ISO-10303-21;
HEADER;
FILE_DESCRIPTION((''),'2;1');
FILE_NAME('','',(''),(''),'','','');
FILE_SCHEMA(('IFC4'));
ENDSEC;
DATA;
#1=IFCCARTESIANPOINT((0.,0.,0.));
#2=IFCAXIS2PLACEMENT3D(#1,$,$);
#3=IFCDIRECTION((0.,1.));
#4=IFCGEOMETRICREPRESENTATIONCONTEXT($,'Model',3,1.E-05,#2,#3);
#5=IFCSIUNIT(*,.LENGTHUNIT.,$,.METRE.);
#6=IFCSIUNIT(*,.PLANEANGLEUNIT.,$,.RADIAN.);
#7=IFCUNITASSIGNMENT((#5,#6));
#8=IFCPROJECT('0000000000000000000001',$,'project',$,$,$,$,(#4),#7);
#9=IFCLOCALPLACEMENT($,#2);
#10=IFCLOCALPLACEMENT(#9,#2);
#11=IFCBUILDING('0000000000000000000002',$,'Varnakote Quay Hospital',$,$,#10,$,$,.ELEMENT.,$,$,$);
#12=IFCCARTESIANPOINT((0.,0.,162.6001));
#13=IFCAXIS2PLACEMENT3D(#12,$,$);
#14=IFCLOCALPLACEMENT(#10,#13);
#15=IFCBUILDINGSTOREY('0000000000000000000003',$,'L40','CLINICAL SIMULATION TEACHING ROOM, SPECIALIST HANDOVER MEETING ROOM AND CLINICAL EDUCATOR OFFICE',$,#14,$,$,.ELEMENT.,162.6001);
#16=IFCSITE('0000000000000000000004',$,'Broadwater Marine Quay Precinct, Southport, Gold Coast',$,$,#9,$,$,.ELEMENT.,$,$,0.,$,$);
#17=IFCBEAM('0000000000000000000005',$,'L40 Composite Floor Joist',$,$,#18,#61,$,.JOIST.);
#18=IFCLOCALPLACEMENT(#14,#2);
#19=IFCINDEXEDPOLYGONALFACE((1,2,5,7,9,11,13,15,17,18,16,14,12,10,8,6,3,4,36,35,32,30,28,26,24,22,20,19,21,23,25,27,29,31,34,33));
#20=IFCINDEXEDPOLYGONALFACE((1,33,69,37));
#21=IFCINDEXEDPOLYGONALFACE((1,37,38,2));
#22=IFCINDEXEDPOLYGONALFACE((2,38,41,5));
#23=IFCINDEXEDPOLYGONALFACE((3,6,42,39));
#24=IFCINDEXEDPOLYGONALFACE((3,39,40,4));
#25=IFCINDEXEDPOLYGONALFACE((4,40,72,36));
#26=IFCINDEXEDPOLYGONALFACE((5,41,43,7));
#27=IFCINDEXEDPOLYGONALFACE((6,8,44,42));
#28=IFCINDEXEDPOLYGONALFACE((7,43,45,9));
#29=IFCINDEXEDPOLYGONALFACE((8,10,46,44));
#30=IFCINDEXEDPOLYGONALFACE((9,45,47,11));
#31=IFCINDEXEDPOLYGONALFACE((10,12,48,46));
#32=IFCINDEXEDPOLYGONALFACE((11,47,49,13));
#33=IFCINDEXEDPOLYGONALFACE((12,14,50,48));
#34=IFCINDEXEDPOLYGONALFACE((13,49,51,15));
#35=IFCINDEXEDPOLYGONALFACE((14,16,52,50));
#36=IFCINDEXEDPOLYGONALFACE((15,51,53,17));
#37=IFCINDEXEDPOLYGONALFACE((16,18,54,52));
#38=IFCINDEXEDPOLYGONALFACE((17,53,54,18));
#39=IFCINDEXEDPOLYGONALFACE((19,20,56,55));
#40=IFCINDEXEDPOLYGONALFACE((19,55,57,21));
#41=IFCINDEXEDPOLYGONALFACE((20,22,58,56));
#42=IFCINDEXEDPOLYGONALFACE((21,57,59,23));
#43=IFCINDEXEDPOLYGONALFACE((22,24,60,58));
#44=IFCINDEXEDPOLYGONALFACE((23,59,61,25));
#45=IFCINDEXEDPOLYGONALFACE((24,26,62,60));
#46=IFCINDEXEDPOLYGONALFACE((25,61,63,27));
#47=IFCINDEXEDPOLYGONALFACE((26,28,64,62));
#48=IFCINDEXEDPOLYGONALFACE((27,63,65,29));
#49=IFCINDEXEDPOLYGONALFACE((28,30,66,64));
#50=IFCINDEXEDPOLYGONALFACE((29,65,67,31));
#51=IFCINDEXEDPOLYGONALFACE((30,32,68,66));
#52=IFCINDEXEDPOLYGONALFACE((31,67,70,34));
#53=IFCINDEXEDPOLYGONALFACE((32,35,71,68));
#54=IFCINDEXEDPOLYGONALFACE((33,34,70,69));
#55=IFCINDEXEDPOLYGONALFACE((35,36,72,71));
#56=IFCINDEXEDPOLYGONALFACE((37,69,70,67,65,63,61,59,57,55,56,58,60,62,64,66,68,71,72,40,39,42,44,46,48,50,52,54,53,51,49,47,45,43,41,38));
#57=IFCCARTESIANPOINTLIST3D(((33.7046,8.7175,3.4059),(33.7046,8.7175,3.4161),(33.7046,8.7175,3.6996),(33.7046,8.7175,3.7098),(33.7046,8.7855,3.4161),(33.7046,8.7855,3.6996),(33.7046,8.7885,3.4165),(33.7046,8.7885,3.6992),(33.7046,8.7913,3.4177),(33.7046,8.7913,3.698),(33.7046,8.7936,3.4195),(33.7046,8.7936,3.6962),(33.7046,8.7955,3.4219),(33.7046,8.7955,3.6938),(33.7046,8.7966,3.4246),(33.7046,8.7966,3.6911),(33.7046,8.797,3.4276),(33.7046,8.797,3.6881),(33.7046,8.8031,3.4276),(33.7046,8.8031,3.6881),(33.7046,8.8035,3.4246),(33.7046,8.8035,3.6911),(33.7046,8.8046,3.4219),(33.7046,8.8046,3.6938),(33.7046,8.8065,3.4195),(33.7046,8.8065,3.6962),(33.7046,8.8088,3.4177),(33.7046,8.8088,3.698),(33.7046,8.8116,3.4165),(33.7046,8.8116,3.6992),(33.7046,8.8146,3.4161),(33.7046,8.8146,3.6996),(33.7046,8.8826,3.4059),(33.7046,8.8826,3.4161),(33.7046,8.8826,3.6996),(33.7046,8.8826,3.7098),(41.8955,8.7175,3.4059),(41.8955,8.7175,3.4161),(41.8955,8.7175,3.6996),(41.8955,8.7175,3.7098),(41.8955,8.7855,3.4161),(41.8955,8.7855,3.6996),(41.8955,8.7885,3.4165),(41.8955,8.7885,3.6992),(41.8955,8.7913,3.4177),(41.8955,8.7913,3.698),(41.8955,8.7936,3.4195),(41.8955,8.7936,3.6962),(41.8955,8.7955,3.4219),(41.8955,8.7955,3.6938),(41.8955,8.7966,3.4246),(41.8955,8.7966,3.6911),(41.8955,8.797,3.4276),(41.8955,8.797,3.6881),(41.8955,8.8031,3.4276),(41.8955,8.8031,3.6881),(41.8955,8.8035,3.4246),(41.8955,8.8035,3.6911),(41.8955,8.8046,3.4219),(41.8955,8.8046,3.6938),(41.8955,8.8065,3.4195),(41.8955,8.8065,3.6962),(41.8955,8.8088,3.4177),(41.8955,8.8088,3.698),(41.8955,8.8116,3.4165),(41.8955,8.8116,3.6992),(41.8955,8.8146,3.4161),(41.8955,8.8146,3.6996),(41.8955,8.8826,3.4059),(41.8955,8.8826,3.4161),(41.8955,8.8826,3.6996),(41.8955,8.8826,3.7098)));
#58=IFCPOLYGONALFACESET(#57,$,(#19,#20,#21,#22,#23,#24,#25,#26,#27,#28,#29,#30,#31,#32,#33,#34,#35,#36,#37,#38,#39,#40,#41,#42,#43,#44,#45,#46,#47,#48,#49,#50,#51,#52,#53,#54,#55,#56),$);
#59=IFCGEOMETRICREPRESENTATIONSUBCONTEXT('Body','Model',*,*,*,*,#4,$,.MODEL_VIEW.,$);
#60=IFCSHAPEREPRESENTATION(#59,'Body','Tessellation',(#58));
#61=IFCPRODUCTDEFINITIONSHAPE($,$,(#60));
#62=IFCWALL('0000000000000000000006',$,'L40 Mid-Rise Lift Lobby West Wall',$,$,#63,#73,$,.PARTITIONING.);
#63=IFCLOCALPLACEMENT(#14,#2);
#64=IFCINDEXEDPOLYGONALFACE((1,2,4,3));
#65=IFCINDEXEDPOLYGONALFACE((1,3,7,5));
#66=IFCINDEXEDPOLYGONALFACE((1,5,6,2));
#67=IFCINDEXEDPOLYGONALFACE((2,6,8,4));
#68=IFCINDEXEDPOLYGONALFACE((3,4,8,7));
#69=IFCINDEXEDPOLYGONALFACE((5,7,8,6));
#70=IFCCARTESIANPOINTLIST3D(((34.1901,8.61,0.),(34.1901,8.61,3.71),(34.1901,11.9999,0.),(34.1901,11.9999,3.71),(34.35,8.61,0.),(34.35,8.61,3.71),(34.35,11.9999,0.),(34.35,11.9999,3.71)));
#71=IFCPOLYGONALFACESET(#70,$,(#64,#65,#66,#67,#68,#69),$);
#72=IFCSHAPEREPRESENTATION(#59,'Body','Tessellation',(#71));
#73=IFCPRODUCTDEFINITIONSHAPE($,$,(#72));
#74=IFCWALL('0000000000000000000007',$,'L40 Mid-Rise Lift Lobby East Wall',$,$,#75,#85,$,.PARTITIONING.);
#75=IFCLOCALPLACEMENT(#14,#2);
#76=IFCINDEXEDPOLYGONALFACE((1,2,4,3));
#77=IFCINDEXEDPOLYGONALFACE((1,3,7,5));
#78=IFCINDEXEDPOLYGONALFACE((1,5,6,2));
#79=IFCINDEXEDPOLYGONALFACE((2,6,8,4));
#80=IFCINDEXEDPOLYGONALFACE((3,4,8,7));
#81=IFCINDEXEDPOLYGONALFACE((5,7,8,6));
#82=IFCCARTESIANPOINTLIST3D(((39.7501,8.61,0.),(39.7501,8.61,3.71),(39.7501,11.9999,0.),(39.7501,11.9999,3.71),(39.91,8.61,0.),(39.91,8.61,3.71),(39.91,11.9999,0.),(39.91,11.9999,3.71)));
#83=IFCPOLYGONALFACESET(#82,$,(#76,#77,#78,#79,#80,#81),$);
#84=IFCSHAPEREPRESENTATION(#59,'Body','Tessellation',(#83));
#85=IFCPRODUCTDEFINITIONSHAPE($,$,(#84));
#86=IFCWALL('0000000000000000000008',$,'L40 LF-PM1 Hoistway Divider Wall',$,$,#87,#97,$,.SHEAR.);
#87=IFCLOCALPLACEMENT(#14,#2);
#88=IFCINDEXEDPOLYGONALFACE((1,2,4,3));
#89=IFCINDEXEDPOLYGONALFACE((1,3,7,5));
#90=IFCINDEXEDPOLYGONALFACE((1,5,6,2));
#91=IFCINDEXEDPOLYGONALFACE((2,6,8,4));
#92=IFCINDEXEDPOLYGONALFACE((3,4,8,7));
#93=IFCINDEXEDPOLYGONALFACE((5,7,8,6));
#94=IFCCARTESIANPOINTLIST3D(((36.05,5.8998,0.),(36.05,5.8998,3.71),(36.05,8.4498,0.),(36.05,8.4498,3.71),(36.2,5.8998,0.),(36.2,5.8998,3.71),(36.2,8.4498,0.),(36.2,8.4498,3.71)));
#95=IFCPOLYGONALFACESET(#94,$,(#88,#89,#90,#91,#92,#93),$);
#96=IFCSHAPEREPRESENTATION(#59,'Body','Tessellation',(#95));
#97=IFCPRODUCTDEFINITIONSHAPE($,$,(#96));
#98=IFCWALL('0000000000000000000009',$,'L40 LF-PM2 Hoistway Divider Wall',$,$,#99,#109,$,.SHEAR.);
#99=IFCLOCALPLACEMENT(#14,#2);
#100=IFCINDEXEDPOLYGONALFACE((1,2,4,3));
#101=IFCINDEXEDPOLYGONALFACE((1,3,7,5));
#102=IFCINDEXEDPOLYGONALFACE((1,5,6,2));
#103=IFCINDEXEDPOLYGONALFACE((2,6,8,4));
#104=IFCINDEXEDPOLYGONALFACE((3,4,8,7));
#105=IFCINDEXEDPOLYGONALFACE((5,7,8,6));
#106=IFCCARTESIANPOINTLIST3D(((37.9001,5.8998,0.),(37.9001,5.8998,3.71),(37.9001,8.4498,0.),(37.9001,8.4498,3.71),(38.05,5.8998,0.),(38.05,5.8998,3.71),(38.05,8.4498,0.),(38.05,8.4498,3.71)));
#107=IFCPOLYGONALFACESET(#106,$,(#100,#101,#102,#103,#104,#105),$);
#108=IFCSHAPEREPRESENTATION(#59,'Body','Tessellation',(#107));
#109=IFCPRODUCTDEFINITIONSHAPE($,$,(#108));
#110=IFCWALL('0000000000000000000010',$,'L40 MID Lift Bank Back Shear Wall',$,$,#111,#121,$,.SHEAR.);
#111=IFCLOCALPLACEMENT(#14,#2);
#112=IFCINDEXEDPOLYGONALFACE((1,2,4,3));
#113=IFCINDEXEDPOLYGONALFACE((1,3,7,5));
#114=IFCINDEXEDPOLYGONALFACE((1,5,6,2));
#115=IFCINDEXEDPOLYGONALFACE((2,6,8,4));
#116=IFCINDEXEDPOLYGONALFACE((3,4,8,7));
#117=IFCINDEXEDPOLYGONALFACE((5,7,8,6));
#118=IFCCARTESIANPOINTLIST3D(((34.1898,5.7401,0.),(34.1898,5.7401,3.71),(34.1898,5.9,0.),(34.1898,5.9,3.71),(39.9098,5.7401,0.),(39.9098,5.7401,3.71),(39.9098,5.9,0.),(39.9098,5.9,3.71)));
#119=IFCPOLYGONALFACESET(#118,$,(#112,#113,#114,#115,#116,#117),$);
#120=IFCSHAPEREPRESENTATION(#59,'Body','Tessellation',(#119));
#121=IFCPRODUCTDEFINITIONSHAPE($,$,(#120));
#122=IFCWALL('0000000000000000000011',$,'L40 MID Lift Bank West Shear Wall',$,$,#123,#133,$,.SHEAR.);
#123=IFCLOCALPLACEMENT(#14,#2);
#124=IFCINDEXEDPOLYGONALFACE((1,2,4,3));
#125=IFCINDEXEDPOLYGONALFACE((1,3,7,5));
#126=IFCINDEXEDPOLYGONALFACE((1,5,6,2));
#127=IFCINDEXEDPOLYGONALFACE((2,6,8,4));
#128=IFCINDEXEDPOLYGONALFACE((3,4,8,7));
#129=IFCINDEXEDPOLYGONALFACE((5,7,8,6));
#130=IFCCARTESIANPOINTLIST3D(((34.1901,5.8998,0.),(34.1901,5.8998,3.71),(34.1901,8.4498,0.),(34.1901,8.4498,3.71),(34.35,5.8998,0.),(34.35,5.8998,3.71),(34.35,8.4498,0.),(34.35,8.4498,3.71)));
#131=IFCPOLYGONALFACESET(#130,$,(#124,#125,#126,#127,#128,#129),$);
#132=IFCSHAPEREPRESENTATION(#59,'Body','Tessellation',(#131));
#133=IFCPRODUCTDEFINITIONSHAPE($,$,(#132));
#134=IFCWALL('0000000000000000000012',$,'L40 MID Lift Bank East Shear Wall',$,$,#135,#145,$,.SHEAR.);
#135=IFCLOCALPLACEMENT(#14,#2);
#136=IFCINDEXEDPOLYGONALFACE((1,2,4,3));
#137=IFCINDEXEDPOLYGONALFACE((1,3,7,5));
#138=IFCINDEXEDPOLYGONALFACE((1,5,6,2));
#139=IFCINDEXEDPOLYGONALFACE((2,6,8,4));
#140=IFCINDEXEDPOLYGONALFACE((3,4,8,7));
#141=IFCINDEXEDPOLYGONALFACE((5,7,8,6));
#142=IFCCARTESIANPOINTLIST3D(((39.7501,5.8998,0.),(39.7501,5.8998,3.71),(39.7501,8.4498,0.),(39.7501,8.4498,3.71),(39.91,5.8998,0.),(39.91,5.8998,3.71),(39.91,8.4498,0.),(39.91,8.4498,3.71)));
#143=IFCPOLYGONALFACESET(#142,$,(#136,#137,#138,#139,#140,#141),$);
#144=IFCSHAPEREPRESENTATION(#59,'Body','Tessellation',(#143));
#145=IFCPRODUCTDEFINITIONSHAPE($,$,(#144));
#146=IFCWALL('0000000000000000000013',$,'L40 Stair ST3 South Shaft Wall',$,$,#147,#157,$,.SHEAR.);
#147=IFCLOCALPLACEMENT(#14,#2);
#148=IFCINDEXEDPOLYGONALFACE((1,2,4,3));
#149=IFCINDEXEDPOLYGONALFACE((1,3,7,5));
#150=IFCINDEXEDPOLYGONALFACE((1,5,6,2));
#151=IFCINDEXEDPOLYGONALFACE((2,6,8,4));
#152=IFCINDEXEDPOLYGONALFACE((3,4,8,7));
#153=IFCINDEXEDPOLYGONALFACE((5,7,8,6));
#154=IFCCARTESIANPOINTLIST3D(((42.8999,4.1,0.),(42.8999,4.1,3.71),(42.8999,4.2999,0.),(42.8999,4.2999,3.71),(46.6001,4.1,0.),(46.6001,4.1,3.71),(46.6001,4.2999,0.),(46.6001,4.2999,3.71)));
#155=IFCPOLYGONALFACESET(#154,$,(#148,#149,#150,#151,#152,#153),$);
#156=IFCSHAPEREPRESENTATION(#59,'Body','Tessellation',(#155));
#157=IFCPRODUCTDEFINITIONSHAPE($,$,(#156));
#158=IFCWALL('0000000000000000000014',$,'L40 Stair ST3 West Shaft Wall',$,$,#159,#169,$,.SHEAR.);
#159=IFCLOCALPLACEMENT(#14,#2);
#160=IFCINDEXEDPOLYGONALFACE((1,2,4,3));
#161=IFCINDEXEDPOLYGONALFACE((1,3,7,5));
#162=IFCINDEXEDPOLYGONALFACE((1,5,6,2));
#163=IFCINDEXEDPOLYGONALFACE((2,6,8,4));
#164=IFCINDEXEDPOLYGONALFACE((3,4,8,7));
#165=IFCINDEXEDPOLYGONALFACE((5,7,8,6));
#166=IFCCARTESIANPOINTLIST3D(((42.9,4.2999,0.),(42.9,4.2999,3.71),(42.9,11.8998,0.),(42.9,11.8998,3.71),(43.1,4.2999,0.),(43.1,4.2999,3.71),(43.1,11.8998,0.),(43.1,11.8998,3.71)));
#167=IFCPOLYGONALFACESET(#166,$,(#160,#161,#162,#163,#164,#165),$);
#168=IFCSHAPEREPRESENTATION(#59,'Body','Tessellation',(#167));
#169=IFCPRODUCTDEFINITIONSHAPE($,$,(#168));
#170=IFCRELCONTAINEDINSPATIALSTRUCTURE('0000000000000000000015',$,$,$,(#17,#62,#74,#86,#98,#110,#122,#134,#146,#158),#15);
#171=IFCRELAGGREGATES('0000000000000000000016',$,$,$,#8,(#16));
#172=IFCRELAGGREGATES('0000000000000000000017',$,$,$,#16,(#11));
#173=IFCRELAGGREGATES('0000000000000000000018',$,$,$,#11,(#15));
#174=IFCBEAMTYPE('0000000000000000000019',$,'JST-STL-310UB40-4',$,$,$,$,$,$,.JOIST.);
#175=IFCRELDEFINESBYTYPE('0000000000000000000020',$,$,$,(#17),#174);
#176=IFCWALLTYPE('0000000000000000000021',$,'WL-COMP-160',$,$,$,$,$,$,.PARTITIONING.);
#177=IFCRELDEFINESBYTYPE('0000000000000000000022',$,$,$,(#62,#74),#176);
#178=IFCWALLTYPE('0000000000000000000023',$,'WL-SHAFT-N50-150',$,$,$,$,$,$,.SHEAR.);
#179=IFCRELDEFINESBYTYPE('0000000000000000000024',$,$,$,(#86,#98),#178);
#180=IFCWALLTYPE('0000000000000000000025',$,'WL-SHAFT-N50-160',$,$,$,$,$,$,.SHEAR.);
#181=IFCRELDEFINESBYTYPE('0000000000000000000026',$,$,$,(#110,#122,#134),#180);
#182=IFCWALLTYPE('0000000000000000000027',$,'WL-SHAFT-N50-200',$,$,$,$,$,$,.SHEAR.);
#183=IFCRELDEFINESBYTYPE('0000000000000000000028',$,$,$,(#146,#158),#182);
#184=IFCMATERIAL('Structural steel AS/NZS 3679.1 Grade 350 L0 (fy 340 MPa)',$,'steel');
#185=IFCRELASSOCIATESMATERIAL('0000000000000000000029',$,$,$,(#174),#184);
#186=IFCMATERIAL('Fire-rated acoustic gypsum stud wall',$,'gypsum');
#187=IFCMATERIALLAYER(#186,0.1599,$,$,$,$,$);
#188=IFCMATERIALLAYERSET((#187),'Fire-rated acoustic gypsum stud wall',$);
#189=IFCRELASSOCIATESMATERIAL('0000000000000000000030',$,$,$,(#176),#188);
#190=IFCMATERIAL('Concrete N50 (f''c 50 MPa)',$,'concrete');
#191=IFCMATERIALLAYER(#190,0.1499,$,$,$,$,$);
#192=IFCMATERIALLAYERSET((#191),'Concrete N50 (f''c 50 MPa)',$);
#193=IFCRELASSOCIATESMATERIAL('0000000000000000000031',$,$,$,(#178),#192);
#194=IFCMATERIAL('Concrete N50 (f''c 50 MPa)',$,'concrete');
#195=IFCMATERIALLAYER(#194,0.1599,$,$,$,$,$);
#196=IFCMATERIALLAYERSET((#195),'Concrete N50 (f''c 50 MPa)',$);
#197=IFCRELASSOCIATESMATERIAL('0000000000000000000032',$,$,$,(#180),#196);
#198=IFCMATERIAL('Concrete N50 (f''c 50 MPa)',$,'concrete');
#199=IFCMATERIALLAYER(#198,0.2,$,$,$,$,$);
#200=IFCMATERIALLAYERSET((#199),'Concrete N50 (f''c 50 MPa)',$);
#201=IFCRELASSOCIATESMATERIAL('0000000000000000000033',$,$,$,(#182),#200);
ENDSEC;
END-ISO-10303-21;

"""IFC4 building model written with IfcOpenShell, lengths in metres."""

from ifc_helpers import new_model, si_unit, direction, frame, frame_2d, origin, origin_2d, place, context, subcontext, project, spatial, rectangle, i_section, extrude, material, layer, layer_set, material_profile, profile_set, type_object, element, save


model = new_model("IFC4")

# Units and contexts
model_context = context("Model", 3, precision=1e-05, world=origin(), true_north=direction((0.0, 1.0)))
body_context = subcontext(model_context, "Body", "Model", "MODEL_VIEW")
ifc_project = project(units=[si_unit("LENGTHUNIT", "METRE"), si_unit("PLANEANGLEUNIT", "RADIAN")], contexts=[model_context])

# Site, building, storey
site_placement = place(None, origin())
site = spatial("IfcSite", under=ifc_project, at=site_placement, Name="Broadwater Marine Quay Precinct, Southport, Gold Coast", CompositionType="ELEMENT", RefElevation=0.0)
building_placement = place(site_placement, origin())
building = spatial("IfcBuilding", under=site, at=building_placement, Name="Varnakote Quay Hospital", CompositionType="ELEMENT")
storey_placement = place(building_placement, frame((0.0, 0.0, 162.6001)))
storey = spatial("IfcBuildingStorey", under=building, at=storey_placement, Name="L40", Description="CLINICAL SIMULATION TEACHING ROOM, SPECIALIST HANDOVER MEETING ROOM AND CLINICAL EDUCATOR OFFICE", CompositionType="ELEMENT", Elevation=162.6001)

# Beam
ifc_material_1 = material(Name="Structural steel AS/NZS 3679.1 Grade 350 L0 (fy 340 MPa)", Category="steel")
ifc_material_profile_1 = material_profile(ifc_material_1, i_section(OverallWidth=0.165, OverallDepth=0.304, WebThickness=0.0061, FlangeThickness=0.0103, FilletRadius=0.0115, at=origin_2d()), Name="310UB40.4")
ifc_profile_set_1 = profile_set([ifc_material_profile_1], Name="Structural steel AS/NZS 3679.1 Grade 350 L0 (fy 340 MPa)")
beam_type_1 = type_object("IfcBeamType", Name="JST-STL-310UB40-4", PredefinedType="JOIST", material=ifc_profile_set_1)
beam_placement = place(storey_placement, frame((33.7046, 8.8, 3.5579), z_axis=(1.0, 0.0, 0.0), x_axis=(0.0, 1.0, 0.0)))
element("IfcBeam", 1, at=beam_placement, inside=storey, type_object=beam_type_1, Name="L40 Composite Floor Joist", PredefinedType="JOIST", context=body_context, shape_type="SweptSolid", body=[
    extrude(i_section(OverallWidth=0.165, OverallDepth=0.304, WebThickness=0.0061, FlangeThickness=0.0103, FilletRadius=0.0115, at=origin_2d()), origin(), (0.0, 0.0, 1.0), 8.1909),
])

# Walls
ifc_material_2 = material(Name="Fire-rated acoustic gypsum stud wall", Category="gypsum")
ifc_layer_1 = layer(ifc_material_2, 0.1599)
ifc_layer_set_1 = layer_set([ifc_layer_1], Name="Fire-rated acoustic gypsum stud wall")
wall_type_1 = type_object("IfcWallType", Name="WL-COMP-160", PredefinedType="PARTITIONING", material=ifc_layer_set_1)
for number, where, z_axis, x_axis, name in (
    (2, (34.27, 8.6101, 0.0), (0.0, 0.0, 1.0), (0.0, 1.0, 0.0), "L40 Mid-Rise Lift Lobby West Wall"),
    (3, (39.8301, 8.6101, 0.0), (0.0, 0.0, 1.0), (0.0, 1.0, 0.0), "L40 Mid-Rise Lift Lobby East Wall"),
):
    element("IfcWall", number, at=place(storey_placement, frame(where, z_axis=z_axis, x_axis=x_axis)), inside=storey, type_object=wall_type_1, Name=name, PredefinedType="PARTITIONING", context=body_context, shape_type="SweptSolid", body=[
        extrude(rectangle(XDim=3.3899, YDim=0.1599, at=frame_2d((1.6948, 0.0))), origin(), (0.0, 0.0, 1.0), 3.71),
    ])
ifc_material_3 = material(Name="Concrete N50 (f'c 50 MPa)", Category="concrete")
ifc_layer_2 = layer(ifc_material_3, 0.1499)
ifc_layer_set_2 = layer_set([ifc_layer_2], Name="Concrete N50 (f'c 50 MPa)")
wall_type_2 = type_object("IfcWallType", Name="WL-SHAFT-N50-150", PredefinedType="SHEAR", material=ifc_layer_set_2)
for number, where, z_axis, x_axis, name in (
    (4, (36.125, 5.8999, 0.0), (0.0, 0.0, 1.0), (0.0, 1.0, 0.0), "L40 LF-PM1 Hoistway Divider Wall"),
    (5, (37.9751, 5.8999, 0.0), (0.0, 0.0, 1.0), (0.0, 1.0, 0.0), "L40 LF-PM2 Hoistway Divider Wall"),
):
    element("IfcWall", number, at=place(storey_placement, frame(where, z_axis=z_axis, x_axis=x_axis)), inside=storey, type_object=wall_type_2, Name=name, PredefinedType="SHEAR", context=body_context, shape_type="SweptSolid", body=[
        extrude(rectangle(XDim=2.55, YDim=0.1499, at=frame_2d((1.2749, 0.0))), origin(), (0.0, 0.0, 1.0), 3.71),
    ])
ifc_material_4 = material(Name="Concrete N50 (f'c 50 MPa)", Category="concrete")
ifc_layer_3 = layer(ifc_material_4, 0.1599)
ifc_layer_set_3 = layer_set([ifc_layer_3], Name="Concrete N50 (f'c 50 MPa)")
wall_type_3 = type_object("IfcWallType", Name="WL-SHAFT-N50-160", PredefinedType="SHEAR", material=ifc_layer_set_3)
wall_1_placement = place(storey_placement, frame((34.1899, 5.8201, 0.0), z_axis=(0.0, 0.0, 1.0), x_axis=(1.0, 0.0, 0.0)))
element("IfcWall", 6, at=wall_1_placement, inside=storey, type_object=wall_type_3, Name="L40 MID Lift Bank Back Shear Wall", PredefinedType="SHEAR", context=body_context, shape_type="SweptSolid", body=[
    extrude(rectangle(XDim=5.72, YDim=0.1599, at=frame_2d((2.8599, 0.0))), origin(), (0.0, 0.0, 1.0), 3.71),
])
for number, where, z_axis, x_axis, name in (
    (7, (34.27, 5.8999, 0.0), (0.0, 0.0, 1.0), (0.0, 1.0, 0.0), "L40 MID Lift Bank West Shear Wall"),
    (8, (39.8301, 5.8999, 0.0), (0.0, 0.0, 1.0), (0.0, 1.0, 0.0), "L40 MID Lift Bank East Shear Wall"),
):
    element("IfcWall", number, at=place(storey_placement, frame(where, z_axis=z_axis, x_axis=x_axis)), inside=storey, type_object=wall_type_3, Name=name, PredefinedType="SHEAR", context=body_context, shape_type="SweptSolid", body=[
        extrude(rectangle(XDim=2.55, YDim=0.1599, at=frame_2d((1.2749, 0.0))), origin(), (0.0, 0.0, 1.0), 3.71),
    ])

# Walls
ifc_material_5 = material(Name="Concrete N50 (f'c 50 MPa)", Category="concrete")
ifc_layer_4 = layer(ifc_material_5, 0.2)
ifc_layer_set_4 = layer_set([ifc_layer_4], Name="Concrete N50 (f'c 50 MPa)")
wall_type_4 = type_object("IfcWallType", Name="WL-SHAFT-N50-200", PredefinedType="SHEAR", material=ifc_layer_set_4)
wall_2_placement = place(storey_placement, frame((42.8999, 4.2, 0.0), z_axis=(0.0, 0.0, 1.0), x_axis=(1.0, 0.0, 0.0)))
element("IfcWall", 9, at=wall_2_placement, inside=storey, type_object=wall_type_4, Name="L40 Stair ST3 South Shaft Wall", PredefinedType="SHEAR", context=body_context, shape_type="SweptSolid", body=[
    extrude(rectangle(XDim=3.7002, YDim=0.2, at=frame_2d((1.8501, 0.0))), origin(), (0.0, 0.0, 1.0), 3.71),
])
wall_3_placement = place(storey_placement, frame((43.0, 4.3, 0.0), z_axis=(0.0, 0.0, 1.0), x_axis=(0.0, 1.0, 0.0)))
element("IfcWall", 10, at=wall_3_placement, inside=storey, type_object=wall_type_4, Name="L40 Stair ST3 West Shaft Wall", PredefinedType="SHEAR", context=body_context, shape_type="SweptSolid", body=[
    extrude(rectangle(XDim=7.5999, YDim=0.2, at=frame_2d((3.7998, 0.0))), origin(), (0.0, 0.0, 1.0), 3.71),
])

save(model, "model.ifc")
